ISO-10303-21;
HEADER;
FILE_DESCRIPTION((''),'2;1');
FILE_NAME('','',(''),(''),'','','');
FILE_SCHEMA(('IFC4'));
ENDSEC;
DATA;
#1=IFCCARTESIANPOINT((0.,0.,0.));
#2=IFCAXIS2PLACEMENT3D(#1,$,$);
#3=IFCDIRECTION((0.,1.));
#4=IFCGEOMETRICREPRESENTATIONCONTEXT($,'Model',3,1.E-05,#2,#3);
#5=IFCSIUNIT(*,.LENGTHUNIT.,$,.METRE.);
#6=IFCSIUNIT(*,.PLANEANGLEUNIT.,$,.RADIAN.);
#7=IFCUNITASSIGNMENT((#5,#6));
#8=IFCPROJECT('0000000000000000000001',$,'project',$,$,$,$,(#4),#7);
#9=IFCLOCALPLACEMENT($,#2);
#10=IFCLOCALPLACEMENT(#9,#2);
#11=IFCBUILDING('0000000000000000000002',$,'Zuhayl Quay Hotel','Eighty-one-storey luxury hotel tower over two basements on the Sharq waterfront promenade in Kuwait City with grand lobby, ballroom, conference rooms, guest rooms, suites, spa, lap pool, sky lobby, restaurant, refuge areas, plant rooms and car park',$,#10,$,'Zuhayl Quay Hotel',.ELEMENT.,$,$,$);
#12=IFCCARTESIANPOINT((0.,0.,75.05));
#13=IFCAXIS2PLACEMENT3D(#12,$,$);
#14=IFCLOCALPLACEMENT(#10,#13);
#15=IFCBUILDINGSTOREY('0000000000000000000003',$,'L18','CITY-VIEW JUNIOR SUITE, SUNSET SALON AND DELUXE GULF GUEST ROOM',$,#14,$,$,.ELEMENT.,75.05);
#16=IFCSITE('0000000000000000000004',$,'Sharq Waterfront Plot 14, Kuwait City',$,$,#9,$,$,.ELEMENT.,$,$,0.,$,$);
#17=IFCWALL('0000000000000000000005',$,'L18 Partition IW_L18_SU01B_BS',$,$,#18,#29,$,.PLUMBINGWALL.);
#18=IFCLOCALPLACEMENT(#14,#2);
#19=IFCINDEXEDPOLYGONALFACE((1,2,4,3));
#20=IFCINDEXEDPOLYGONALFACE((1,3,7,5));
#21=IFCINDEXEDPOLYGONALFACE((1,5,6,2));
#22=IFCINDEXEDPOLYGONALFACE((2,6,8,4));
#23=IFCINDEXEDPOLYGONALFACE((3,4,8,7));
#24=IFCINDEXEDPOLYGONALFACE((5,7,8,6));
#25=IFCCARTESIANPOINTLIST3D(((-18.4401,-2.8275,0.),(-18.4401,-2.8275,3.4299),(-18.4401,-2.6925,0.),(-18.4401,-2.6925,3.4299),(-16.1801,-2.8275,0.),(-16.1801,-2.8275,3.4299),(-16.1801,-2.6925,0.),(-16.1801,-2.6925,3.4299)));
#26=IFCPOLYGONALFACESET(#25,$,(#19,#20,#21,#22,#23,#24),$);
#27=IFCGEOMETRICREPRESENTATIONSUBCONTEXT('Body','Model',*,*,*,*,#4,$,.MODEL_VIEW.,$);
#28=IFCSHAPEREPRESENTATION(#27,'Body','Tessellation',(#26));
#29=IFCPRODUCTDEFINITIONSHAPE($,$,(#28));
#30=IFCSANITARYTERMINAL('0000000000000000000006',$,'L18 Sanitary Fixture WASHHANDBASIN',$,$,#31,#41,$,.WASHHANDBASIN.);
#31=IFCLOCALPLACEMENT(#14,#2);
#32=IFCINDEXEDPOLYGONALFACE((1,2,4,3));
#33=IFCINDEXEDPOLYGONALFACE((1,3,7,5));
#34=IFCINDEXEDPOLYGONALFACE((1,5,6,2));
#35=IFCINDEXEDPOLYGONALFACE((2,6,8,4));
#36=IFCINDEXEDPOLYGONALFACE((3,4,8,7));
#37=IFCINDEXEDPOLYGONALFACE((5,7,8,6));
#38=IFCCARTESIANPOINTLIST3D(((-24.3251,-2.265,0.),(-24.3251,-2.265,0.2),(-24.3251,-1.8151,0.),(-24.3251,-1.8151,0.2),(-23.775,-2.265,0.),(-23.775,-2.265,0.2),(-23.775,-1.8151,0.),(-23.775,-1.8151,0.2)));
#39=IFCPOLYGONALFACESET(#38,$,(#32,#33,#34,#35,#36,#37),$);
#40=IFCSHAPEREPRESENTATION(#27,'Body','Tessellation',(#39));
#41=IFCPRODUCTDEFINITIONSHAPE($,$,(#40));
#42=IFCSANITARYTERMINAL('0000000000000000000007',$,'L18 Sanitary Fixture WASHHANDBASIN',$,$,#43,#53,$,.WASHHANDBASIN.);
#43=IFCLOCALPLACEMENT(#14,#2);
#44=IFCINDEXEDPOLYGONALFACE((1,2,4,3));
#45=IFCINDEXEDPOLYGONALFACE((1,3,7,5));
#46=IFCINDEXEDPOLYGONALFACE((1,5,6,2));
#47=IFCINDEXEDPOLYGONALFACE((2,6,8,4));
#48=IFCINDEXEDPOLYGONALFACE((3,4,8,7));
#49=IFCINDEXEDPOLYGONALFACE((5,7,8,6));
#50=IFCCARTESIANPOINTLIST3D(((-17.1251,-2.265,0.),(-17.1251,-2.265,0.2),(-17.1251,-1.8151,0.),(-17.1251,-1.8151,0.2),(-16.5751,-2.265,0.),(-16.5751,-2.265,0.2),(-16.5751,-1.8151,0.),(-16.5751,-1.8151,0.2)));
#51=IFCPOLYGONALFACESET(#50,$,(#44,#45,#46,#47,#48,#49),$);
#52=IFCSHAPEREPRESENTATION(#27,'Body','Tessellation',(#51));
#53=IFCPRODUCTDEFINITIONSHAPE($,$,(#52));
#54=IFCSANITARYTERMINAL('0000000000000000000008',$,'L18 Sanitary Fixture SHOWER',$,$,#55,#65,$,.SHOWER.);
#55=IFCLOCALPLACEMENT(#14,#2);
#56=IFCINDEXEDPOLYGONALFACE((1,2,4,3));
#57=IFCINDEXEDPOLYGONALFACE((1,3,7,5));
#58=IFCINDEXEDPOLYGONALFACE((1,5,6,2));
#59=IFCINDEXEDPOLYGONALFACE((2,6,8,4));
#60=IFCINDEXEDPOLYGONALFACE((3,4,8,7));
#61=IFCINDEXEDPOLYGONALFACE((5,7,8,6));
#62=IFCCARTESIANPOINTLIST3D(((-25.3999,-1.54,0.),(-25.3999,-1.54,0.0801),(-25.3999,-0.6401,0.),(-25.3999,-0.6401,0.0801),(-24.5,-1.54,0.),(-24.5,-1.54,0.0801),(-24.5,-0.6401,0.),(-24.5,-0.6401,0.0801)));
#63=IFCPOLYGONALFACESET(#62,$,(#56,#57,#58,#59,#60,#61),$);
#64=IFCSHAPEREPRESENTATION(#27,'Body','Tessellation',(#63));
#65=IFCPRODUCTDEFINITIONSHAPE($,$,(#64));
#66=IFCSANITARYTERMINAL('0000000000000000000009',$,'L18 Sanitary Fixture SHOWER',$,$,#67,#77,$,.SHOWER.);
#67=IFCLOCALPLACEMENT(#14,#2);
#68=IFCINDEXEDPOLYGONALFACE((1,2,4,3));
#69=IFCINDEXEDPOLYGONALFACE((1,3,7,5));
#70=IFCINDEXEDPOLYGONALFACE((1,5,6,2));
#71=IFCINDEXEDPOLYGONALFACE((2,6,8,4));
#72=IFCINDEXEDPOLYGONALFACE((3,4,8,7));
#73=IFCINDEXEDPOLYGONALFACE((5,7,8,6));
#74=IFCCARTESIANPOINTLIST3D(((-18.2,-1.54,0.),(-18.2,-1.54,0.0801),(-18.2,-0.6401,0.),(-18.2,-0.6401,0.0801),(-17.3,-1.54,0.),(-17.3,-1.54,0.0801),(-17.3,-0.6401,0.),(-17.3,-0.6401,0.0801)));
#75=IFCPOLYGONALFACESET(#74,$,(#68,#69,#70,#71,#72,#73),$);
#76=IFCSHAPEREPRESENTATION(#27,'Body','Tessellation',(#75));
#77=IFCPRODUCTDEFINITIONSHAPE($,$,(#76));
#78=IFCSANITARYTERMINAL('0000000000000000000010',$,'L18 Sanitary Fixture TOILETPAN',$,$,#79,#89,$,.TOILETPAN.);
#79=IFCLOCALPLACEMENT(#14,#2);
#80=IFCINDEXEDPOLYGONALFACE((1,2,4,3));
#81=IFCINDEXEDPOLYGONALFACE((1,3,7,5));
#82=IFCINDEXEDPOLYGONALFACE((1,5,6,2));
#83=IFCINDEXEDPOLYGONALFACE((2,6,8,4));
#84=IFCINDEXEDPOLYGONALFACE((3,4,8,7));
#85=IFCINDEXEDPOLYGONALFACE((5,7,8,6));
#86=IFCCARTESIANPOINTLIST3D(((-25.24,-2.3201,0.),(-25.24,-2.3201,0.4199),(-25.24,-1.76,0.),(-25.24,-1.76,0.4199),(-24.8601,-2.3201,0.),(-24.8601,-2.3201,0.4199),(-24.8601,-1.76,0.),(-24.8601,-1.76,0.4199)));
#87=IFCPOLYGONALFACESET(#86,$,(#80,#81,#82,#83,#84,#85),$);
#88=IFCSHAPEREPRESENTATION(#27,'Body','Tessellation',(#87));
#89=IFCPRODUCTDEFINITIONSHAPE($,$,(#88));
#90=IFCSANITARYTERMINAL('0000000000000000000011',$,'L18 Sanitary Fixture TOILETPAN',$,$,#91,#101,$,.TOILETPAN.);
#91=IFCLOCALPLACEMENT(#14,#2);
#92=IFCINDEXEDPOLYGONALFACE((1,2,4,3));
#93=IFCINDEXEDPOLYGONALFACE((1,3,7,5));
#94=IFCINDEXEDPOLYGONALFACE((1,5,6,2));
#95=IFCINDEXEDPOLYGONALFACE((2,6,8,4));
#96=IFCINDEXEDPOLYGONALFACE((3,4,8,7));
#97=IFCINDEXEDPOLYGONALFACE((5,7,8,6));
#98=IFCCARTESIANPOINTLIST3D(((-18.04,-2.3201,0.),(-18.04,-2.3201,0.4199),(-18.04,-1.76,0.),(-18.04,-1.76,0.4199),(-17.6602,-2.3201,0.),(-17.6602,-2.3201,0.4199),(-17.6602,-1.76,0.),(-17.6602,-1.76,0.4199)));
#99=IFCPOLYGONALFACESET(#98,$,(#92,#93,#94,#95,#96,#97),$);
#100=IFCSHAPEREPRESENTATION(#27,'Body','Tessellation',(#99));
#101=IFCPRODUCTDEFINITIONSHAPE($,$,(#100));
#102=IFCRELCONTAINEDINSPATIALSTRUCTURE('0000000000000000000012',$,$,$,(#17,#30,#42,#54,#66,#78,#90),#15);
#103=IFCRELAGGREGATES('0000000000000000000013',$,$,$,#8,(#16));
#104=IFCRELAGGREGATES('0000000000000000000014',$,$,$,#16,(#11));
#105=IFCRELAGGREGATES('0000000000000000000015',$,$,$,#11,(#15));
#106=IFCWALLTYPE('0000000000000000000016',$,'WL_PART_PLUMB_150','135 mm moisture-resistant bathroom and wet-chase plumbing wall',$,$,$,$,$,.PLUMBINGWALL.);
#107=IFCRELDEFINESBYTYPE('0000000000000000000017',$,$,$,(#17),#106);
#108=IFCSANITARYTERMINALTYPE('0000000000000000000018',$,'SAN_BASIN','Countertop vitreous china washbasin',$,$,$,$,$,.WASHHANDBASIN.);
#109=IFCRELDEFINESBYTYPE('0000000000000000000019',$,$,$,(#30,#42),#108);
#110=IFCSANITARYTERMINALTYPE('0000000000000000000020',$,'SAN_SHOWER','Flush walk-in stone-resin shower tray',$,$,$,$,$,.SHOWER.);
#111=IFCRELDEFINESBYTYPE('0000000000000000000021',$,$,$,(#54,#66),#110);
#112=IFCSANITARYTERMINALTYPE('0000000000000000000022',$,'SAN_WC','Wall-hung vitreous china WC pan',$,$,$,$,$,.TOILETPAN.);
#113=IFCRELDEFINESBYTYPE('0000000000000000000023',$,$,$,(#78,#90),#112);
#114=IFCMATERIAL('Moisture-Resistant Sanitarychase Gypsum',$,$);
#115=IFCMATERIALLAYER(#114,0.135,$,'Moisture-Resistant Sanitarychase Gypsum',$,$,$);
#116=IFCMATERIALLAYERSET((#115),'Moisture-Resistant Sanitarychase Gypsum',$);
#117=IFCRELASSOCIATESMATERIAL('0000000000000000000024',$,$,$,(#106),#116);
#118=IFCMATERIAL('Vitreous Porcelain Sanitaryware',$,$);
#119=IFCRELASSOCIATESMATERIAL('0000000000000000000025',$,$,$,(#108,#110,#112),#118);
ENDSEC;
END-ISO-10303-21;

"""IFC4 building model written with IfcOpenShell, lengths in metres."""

from ifc_helpers import new_model, si_unit, direction, frame, frame_2d, origin, origin_2d, place, context, subcontext, project, spatial, rectangle, extrude, material, layer, layer_set, type_object, element, save


model = new_model("IFC4")

# Units and contexts
model_context = context("Model", 3, precision=1e-05, world=origin(), true_north=direction((0.0, 1.0)))
body_context = subcontext(model_context, "Body", "Model", "MODEL_VIEW")
ifc_project = project(units=[si_unit("LENGTHUNIT", "METRE"), si_unit("PLANEANGLEUNIT", "RADIAN")], contexts=[model_context])

# Site, building, storey
site_placement = place(None, origin())
site = spatial("IfcSite", under=ifc_project, at=site_placement, Name="Sharq Waterfront Plot 14, Kuwait City", CompositionType="ELEMENT", RefElevation=0.0)
building_placement = place(site_placement, origin())
building = spatial("IfcBuilding", under=site, at=building_placement, Name="Zuhayl Quay Hotel", Description="Eighty-one-storey luxury hotel tower over two basements on the Sharq waterfront promenade in Kuwait City with grand lobby, ballroom, conference rooms, guest rooms, suites, spa, lap pool, sky lobby, restaurant, refuge areas, plant rooms and car park", LongName="Zuhayl Quay Hotel", CompositionType="ELEMENT")
storey_placement = place(building_placement, frame((0.0, 0.0, 75.05)))
storey = spatial("IfcBuildingStorey", under=building, at=storey_placement, Name="L18", Description="CITY-VIEW JUNIOR SUITE, SUNSET SALON AND DELUXE GULF GUEST ROOM", CompositionType="ELEMENT", Elevation=75.05)

# Shared definitions
ifc_material_1 = material(Name="Moisture-Resistant Sanitarychase Gypsum")
ifc_layer_1 = layer(ifc_material_1, 0.135, Name="Moisture-Resistant Sanitarychase Gypsum")
ifc_layer_set_1 = layer_set([ifc_layer_1], Name="Moisture-Resistant Sanitarychase Gypsum")
wall_type_1 = type_object("IfcWallType", Name="WL_PART_PLUMB_150", Description="135 mm moisture-resistant bathroom and wet-chase plumbing wall", PredefinedType="PLUMBINGWALL", material=ifc_layer_set_1)

# Wall
wall_1_placement = place(storey_placement, frame((-18.4399, -2.76, 0.0), z_axis=(0.0, 0.0, 1.0), x_axis=(1.0, 0.0, 0.0)))
element("IfcWall", 1, at=wall_1_placement, inside=storey, type_object=wall_type_1, Name="L18 Partition IW_L18_SU01B_BS", PredefinedType="PLUMBINGWALL", context=body_context, shape_type="SweptSolid", body=[
    extrude(rectangle(XDim=2.26, YDim=0.135, at=frame_2d((1.1299, 0.0))), origin(), (0.0, 0.0, 1.0), 3.4299),
])

# Sanitary terminals
ifc_material_2 = material(Name="Vitreous Porcelain Sanitaryware")
sanitary_terminal_type_1 = type_object("IfcSanitaryTerminalType", Name="SAN_BASIN", Description="Countertop vitreous china washbasin", PredefinedType="WASHHANDBASIN", material=ifc_material_2)
for number, where, z_axis, x_axis, name in (
    (2, (-24.05, -2.04, 0.0), (0.0, 0.0, 1.0), (1.0, 0.0, 0.0), "L18 Sanitary Fixture WASHHANDBASIN"),
    (3, (-16.8501, -2.04, 0.0), (0.0, 0.0, 1.0), (1.0, 0.0, 0.0), "L18 Sanitary Fixture WASHHANDBASIN"),
):
    element("IfcSanitaryTerminal", number, at=place(storey_placement, frame(where, z_axis=z_axis, x_axis=x_axis)), inside=storey, type_object=sanitary_terminal_type_1, Name=name, PredefinedType="WASHHANDBASIN", context=body_context, shape_type="SweptSolid", body=[
        extrude(rectangle(XDim=0.55, YDim=0.45, at=origin_2d()), origin(), (0.0, 0.0, 1.0), 0.2),
    ])
sanitary_terminal_type_2 = type_object("IfcSanitaryTerminalType", Name="SAN_SHOWER", Description="Flush walk-in stone-resin shower tray", PredefinedType="SHOWER", material=ifc_material_2)
for number, where, z_axis, x_axis, name in (
    (4, (-24.95, -1.0901, 0.0), (0.0, 0.0, 1.0), (1.0, 0.0, 0.0), "L18 Sanitary Fixture SHOWER"),
    (5, (-17.75, -1.0901, 0.0), (0.0, 0.0, 1.0), (1.0, 0.0, 0.0), "L18 Sanitary Fixture SHOWER"),
):
    element("IfcSanitaryTerminal", number, at=place(storey_placement, frame(where, z_axis=z_axis, x_axis=x_axis)), inside=storey, type_object=sanitary_terminal_type_2, Name=name, PredefinedType="SHOWER", context=body_context, shape_type="SweptSolid", body=[
        extrude(rectangle(XDim=0.8999, YDim=0.8999, at=origin_2d()), origin(), (0.0, 0.0, 1.0), 0.0801),
    ])
sanitary_terminal_type_3 = type_object("IfcSanitaryTerminalType", Name="SAN_WC", Description="Wall-hung vitreous china WC pan", PredefinedType="TOILETPAN", material=ifc_material_2)
for number, where, z_axis, x_axis, name in (
    (6, (-25.05, -2.04, 0.0), (0.0, 0.0, 1.0), (1.0, 0.0, 0.0), "L18 Sanitary Fixture TOILETPAN"),
    (7, (-17.8501, -2.04, 0.0), (0.0, 0.0, 1.0), (1.0, 0.0, 0.0), "L18 Sanitary Fixture TOILETPAN"),
):
    element("IfcSanitaryTerminal", number, at=place(storey_placement, frame(where, z_axis=z_axis, x_axis=x_axis)), inside=storey, type_object=sanitary_terminal_type_3, Name=name, PredefinedType="TOILETPAN", context=body_context, shape_type="SweptSolid", body=[
        extrude(rectangle(XDim=0.3799, YDim=0.5601, at=origin_2d()), origin(), (0.0, 0.0, 1.0), 0.4199),
    ])

save(model, "model.ifc")
